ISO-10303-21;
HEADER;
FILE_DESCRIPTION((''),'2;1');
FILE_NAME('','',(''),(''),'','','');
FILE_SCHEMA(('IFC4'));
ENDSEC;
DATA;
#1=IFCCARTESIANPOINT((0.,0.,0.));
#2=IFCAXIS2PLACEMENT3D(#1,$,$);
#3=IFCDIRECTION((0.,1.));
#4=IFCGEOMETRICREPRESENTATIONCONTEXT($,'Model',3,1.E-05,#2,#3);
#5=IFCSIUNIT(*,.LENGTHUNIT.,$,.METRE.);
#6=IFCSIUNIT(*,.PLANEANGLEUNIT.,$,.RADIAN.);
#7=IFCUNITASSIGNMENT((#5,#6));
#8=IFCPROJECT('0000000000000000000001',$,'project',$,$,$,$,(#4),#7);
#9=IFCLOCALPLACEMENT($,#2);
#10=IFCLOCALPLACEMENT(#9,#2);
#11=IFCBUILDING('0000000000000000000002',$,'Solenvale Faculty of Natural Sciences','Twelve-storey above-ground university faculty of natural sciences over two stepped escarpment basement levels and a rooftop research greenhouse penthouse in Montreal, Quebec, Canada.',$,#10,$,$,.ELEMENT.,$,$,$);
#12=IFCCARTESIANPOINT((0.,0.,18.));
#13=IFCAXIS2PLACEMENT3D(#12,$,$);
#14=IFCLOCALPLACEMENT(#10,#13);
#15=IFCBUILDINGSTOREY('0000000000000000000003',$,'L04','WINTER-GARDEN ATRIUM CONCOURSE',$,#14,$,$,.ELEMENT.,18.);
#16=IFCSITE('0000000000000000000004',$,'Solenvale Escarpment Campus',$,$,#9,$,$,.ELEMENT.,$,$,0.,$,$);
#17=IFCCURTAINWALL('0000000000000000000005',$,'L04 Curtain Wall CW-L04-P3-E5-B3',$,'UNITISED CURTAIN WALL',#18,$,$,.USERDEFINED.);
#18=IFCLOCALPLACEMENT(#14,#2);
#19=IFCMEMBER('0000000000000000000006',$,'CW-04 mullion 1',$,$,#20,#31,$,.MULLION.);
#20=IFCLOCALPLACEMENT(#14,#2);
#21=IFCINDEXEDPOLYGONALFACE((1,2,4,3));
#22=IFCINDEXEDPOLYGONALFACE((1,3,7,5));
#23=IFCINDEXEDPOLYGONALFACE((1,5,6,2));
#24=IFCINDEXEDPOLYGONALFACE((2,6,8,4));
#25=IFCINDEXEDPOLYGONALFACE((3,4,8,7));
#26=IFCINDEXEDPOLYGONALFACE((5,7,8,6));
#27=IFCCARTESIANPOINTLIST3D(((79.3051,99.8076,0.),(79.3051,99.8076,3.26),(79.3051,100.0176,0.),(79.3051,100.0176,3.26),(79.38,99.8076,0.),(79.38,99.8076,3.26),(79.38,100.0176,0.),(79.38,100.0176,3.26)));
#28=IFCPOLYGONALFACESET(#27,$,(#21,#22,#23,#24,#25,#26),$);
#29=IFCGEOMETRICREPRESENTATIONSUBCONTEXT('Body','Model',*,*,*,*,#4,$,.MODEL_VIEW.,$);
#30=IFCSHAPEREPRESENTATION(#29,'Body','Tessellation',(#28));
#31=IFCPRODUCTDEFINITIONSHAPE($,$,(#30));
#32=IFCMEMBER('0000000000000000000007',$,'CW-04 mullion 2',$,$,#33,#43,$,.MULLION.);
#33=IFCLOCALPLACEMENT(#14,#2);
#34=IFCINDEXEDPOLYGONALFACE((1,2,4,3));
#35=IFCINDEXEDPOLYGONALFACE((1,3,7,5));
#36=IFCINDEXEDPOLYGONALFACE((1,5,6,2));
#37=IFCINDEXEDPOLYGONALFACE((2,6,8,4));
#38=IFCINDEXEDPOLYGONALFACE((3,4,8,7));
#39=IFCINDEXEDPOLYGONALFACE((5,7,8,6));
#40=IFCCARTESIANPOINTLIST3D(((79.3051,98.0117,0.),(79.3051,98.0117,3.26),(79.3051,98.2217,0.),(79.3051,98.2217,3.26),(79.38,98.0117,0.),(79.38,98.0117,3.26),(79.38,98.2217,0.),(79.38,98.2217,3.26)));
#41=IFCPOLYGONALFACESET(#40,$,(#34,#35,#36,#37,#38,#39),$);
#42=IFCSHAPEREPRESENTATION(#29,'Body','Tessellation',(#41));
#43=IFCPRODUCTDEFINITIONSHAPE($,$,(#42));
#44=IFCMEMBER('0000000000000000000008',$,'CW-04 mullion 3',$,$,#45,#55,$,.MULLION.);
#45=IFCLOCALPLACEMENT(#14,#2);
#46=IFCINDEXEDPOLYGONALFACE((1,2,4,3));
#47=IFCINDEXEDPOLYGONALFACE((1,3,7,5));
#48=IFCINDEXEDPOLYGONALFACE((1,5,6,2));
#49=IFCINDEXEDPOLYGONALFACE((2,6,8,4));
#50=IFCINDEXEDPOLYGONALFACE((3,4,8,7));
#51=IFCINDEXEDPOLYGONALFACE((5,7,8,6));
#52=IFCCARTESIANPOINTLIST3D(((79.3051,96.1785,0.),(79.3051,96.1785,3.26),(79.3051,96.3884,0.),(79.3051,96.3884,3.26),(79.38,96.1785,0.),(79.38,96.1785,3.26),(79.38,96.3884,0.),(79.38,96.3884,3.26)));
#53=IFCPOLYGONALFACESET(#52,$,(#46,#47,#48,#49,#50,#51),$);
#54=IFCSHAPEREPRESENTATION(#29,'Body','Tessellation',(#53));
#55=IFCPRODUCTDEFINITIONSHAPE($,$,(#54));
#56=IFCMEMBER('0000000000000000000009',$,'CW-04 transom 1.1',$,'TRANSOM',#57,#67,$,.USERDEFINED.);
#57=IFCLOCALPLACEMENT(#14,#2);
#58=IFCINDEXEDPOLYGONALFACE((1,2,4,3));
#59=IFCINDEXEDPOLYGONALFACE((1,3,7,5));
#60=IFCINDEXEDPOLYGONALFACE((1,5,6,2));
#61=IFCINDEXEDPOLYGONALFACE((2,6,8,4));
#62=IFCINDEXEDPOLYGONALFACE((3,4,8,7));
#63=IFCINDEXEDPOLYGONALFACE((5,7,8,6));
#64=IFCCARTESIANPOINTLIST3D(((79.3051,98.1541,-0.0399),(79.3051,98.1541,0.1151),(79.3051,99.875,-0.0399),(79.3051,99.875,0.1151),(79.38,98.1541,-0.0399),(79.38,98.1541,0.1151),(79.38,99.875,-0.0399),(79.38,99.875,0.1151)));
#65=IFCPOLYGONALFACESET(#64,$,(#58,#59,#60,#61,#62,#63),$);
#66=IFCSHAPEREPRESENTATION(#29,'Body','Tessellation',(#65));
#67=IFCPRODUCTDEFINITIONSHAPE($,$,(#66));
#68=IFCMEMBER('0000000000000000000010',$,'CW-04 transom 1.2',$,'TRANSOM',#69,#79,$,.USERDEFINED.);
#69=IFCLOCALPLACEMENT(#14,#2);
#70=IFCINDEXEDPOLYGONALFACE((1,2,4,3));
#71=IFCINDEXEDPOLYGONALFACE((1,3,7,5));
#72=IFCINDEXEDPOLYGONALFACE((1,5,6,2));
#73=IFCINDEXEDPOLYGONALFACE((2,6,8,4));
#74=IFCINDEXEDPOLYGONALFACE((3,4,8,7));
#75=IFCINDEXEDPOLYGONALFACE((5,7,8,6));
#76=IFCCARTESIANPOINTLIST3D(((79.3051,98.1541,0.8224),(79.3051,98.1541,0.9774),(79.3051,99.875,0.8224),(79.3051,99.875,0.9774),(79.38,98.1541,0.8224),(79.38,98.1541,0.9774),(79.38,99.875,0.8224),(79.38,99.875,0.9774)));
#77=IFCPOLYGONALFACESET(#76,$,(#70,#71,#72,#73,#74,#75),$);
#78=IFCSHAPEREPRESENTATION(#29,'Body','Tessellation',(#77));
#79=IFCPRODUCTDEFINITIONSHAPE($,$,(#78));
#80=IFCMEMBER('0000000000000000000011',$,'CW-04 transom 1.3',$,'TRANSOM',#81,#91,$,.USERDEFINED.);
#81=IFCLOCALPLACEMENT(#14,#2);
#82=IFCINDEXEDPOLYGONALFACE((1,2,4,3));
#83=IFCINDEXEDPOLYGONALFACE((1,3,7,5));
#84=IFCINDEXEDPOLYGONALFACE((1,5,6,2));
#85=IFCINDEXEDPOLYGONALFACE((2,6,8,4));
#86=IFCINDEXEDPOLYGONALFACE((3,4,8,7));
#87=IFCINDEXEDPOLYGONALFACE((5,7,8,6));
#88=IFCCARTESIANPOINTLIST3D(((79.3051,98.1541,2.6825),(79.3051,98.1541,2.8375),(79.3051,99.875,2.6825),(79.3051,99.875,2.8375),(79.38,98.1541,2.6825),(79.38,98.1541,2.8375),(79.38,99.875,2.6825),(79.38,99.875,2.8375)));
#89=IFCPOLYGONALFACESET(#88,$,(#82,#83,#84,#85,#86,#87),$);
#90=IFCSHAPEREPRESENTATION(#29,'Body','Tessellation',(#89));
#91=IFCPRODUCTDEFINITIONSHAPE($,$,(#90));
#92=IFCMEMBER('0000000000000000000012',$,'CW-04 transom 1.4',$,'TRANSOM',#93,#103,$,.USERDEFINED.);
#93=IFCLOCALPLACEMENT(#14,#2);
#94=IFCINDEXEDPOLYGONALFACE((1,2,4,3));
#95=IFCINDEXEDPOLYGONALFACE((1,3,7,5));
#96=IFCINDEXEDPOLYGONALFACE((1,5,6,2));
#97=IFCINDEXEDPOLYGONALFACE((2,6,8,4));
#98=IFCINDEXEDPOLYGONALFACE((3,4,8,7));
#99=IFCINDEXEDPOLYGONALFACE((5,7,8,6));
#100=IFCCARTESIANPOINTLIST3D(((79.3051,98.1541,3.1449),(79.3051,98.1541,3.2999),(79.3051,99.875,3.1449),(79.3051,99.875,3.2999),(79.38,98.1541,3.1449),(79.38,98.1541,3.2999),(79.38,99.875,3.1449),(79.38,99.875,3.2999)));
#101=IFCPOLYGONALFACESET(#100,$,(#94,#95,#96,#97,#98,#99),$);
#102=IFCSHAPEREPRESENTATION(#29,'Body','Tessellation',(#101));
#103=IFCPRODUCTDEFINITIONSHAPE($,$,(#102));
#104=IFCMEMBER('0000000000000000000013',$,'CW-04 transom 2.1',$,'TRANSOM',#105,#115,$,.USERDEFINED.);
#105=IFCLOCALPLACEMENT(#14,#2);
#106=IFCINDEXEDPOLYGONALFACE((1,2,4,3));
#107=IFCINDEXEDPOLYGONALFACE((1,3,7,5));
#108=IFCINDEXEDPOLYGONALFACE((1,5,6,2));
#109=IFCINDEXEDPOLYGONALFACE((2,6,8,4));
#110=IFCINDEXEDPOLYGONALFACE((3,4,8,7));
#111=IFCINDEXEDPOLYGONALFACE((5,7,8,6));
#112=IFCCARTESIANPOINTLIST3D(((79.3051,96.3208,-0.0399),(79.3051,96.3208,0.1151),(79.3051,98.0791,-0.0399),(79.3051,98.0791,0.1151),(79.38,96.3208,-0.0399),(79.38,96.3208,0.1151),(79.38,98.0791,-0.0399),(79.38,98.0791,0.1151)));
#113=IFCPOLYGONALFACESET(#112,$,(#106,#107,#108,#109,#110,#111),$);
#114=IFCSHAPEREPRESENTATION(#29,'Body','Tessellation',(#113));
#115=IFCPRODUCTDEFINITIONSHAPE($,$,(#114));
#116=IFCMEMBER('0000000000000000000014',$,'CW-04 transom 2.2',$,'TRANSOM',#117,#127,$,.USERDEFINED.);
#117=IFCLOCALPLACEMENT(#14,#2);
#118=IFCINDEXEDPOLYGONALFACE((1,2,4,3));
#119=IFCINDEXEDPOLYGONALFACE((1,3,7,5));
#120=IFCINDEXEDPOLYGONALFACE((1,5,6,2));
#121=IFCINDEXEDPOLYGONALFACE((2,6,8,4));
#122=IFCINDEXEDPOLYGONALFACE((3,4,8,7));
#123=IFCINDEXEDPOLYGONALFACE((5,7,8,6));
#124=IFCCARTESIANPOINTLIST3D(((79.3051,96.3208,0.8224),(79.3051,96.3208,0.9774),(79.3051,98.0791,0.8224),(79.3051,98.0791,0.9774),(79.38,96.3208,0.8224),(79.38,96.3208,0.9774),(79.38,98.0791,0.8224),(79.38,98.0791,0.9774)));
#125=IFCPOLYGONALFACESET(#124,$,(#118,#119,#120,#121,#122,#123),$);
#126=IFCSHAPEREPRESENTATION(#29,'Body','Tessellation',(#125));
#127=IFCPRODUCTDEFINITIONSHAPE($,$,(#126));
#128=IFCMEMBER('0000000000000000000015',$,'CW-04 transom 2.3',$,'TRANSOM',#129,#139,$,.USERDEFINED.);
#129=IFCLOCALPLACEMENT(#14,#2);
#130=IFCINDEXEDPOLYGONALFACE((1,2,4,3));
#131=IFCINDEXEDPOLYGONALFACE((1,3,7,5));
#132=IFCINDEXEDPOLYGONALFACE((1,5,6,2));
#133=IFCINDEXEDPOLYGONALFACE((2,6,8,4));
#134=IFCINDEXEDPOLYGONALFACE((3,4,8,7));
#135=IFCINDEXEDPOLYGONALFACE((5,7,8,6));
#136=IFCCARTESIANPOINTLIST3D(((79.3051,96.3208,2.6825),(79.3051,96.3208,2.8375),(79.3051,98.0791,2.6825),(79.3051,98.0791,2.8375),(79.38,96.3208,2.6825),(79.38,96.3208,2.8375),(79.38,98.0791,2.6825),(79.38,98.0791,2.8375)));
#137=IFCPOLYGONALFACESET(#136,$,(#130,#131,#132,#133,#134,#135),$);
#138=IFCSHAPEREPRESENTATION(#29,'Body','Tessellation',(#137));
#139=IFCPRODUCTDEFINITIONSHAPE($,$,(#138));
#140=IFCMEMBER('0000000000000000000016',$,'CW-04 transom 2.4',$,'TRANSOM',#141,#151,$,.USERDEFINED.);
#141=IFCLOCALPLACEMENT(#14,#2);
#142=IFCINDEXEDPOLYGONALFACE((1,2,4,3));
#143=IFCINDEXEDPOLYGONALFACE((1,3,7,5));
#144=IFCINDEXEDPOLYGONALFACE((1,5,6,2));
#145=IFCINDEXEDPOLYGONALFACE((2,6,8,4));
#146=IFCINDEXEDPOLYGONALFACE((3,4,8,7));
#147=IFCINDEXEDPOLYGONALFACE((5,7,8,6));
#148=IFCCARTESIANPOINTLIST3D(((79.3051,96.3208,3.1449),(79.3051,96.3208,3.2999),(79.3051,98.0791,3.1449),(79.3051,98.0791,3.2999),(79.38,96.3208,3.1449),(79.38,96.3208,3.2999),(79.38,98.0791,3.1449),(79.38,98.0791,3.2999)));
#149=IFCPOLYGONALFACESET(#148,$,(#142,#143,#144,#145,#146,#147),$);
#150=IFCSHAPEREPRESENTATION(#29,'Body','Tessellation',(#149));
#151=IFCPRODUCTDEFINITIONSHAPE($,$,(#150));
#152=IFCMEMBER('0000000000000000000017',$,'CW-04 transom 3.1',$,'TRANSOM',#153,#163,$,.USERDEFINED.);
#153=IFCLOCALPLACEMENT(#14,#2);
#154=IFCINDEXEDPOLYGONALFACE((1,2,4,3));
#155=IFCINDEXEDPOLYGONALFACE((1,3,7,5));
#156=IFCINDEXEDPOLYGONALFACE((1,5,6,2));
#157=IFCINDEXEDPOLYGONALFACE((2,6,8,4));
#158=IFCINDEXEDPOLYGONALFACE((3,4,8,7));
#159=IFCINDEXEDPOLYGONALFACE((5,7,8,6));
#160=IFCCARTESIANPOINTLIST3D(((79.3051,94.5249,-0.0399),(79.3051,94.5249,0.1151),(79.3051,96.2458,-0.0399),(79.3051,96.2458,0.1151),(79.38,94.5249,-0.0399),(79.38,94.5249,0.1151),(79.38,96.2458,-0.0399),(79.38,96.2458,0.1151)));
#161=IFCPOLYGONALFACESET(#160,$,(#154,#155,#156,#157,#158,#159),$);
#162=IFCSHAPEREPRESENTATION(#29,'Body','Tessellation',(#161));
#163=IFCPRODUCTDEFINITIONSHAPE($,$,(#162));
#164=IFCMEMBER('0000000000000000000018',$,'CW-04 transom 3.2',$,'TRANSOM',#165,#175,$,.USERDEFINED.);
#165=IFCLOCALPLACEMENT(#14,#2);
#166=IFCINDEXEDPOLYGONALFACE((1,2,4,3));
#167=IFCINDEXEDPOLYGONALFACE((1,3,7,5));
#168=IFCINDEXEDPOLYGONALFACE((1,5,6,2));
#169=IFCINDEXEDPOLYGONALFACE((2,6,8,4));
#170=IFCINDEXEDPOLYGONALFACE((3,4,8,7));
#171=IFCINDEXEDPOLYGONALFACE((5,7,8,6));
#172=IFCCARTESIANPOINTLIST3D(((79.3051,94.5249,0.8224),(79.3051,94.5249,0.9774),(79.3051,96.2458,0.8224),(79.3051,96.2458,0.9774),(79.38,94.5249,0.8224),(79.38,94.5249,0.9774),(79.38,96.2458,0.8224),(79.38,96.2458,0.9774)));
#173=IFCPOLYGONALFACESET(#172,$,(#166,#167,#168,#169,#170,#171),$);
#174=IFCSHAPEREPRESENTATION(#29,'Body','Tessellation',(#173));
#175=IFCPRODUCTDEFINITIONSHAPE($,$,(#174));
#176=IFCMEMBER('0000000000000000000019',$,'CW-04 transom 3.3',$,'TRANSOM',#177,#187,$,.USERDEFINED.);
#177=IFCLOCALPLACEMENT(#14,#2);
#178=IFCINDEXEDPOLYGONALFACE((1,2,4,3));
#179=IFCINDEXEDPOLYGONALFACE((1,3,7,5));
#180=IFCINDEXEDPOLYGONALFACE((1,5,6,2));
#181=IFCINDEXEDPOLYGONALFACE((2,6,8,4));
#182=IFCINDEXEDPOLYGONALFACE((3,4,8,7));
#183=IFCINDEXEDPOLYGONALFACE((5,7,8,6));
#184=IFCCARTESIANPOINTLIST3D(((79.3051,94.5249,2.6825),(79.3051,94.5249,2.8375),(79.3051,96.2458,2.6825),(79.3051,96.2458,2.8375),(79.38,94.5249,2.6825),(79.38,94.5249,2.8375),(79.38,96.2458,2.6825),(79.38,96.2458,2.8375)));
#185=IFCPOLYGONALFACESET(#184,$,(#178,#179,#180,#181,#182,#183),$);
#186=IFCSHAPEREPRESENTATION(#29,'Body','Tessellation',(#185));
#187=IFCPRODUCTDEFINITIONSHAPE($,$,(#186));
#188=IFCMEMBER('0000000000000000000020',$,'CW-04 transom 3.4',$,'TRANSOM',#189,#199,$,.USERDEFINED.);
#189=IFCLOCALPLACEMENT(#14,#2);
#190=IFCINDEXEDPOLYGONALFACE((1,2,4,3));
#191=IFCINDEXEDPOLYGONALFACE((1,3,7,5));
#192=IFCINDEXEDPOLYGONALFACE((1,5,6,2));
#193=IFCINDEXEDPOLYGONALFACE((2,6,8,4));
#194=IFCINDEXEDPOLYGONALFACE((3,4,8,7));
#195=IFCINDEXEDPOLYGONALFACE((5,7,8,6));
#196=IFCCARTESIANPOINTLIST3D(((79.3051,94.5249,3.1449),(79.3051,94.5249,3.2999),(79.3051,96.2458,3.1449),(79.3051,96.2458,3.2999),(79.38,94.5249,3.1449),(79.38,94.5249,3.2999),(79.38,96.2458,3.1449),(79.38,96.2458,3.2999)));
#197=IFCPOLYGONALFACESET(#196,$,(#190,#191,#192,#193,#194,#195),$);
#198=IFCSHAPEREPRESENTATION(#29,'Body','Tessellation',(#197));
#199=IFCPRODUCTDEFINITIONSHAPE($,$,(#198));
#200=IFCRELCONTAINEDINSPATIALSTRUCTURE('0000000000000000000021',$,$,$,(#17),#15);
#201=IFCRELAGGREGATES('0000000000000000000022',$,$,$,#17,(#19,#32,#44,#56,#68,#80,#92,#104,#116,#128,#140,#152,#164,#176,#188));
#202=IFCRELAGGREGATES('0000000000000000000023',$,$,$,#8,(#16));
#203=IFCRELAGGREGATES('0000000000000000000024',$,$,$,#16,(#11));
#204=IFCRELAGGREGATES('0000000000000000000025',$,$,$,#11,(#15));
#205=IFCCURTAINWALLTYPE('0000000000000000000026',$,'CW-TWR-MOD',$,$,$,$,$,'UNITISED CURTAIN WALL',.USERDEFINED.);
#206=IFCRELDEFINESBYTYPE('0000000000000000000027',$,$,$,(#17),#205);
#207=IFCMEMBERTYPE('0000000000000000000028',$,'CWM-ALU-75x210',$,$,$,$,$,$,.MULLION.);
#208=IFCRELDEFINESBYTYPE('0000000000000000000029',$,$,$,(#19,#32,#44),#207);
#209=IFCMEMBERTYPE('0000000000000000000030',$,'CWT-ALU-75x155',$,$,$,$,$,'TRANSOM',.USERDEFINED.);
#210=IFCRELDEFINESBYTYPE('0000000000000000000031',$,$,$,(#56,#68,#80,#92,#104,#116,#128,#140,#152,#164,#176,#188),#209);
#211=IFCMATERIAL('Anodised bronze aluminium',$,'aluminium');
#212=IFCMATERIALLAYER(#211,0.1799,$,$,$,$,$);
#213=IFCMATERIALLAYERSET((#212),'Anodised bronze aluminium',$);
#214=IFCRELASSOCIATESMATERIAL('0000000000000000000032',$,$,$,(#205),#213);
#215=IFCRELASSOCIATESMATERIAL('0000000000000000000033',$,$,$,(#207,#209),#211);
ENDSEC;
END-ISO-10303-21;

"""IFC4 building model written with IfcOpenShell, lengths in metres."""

from ifc_helpers import new_model, si_unit, direction, frame, origin, origin_2d, place, context, subcontext, project, spatial, rectangle, extrude, material, layer, layer_set, material_profile, profile_set, type_object, element, aggregate, save


model = new_model("IFC4")

# Units and contexts
model_context = context("Model", 3, precision=1e-05, world=origin(), true_north=direction((0.0, 1.0)))
body_context = subcontext(model_context, "Body", "Model", "MODEL_VIEW")
ifc_project = project(units=[si_unit("LENGTHUNIT", "METRE"), si_unit("PLANEANGLEUNIT", "RADIAN")], contexts=[model_context])

# Site, building, storey
site_placement = place(None, origin())
site = spatial("IfcSite", under=ifc_project, at=site_placement, Name="Solenvale Escarpment Campus", CompositionType="ELEMENT", RefElevation=0.0)
building_placement = place(site_placement, origin())
building = spatial("IfcBuilding", under=site, at=building_placement, Name="Solenvale Faculty of Natural Sciences", Description="Twelve-storey above-ground university faculty of natural sciences over two stepped escarpment basement levels and a rooftop research greenhouse penthouse in Montreal, Quebec, Canada.", CompositionType="ELEMENT")
storey_placement = place(building_placement, frame((0.0, 0.0, 18.0)))
storey = spatial("IfcBuildingStorey", under=building, at=storey_placement, Name="L04", Description="WINTER-GARDEN ATRIUM CONCOURSE", CompositionType="ELEMENT", Elevation=18.0)

# Curtain wall, members
ifc_material = material(Name="Anodised bronze aluminium", Category="aluminium")
ifc_layer_1 = layer(ifc_material, 0.1799)
ifc_layer_set_1 = layer_set([ifc_layer_1], Name="Anodised bronze aluminium")
curtain_wall_type = type_object("IfcCurtainWallType", Name="CW-TWR-MOD", ElementType="UNITISED CURTAIN WALL", PredefinedType="USERDEFINED", material=ifc_layer_set_1)
curtain_wall_placement = place(storey_placement, origin())
curtain_wall = element("IfcCurtainWall", 1, at=curtain_wall_placement, inside=storey, type_object=curtain_wall_type, Name="L04 Curtain Wall CW-L04-P3-E5-B3", ObjectType="UNITISED CURTAIN WALL", PredefinedType="USERDEFINED")
ifc_material_profile_1 = material_profile(ifc_material, rectangle(XDim=0.075, YDim=0.21, at=origin_2d()), Name="ALU-MUL-75x210")
ifc_profile_set_1 = profile_set([ifc_material_profile_1], Name="Anodised bronze aluminium")
member_type_1 = type_object("IfcMemberType", Name="CWM-ALU-75x210", PredefinedType="MULLION", material=ifc_profile_set_1)
member_1_placement = place(storey_placement, frame((79.3425, 99.9126, 0.0), z_axis=(0.0, 0.0, 1.0), x_axis=(1.0, 0.0, 0.0)))
member_1 = element("IfcMember", 2, at=member_1_placement, type_object=member_type_1, Name="CW-04 mullion 1", PredefinedType="MULLION", context=body_context, shape_type="SweptSolid", body=[
    extrude(rectangle(XDim=0.075, YDim=0.21, at=origin_2d()), origin(), (0.0, 0.0, 1.0), 3.26),
])
member_2_placement = place(storey_placement, frame((79.3425, 98.1167, 0.0), z_axis=(0.0, 0.0, 1.0), x_axis=(1.0, 0.0, 0.0)))
member_2 = element("IfcMember", 3, at=member_2_placement, type_object=member_type_1, Name="CW-04 mullion 2", PredefinedType="MULLION", context=body_context, shape_type="SweptSolid", body=[
    extrude(rectangle(XDim=0.075, YDim=0.21, at=origin_2d()), origin(), (0.0, 0.0, 1.0), 3.26),
])
member_3_placement = place(storey_placement, frame((79.3425, 96.2834, 0.0), z_axis=(0.0, 0.0, 1.0), x_axis=(1.0, 0.0, 0.0)))
member_3 = element("IfcMember", 4, at=member_3_placement, type_object=member_type_1, Name="CW-04 mullion 3", PredefinedType="MULLION", context=body_context, shape_type="SweptSolid", body=[
    extrude(rectangle(XDim=0.075, YDim=0.21, at=origin_2d()), origin(), (0.0, 0.0, 1.0), 3.26),
])
ifc_material_profile_2 = material_profile(ifc_material, rectangle(XDim=0.075, YDim=0.155, at=origin_2d()), Name="ALU-TRN-75x155")
ifc_profile_set_2 = profile_set([ifc_material_profile_2], Name="Anodised bronze aluminium")
member_type_2 = type_object("IfcMemberType", Name="CWT-ALU-75x155", ElementType="TRANSOM", PredefinedType="USERDEFINED", material=ifc_profile_set_2)
member_4_placement = place(storey_placement, frame((79.3425, 99.875, 0.0376), z_axis=(0.0, -1.0, 0.0), x_axis=(1.0, 0.0, 0.0)))
member_4 = element("IfcMember", 5, at=member_4_placement, type_object=member_type_2, Name="CW-04 transom 1.1", ObjectType="TRANSOM", PredefinedType="USERDEFINED", context=body_context, shape_type="SweptSolid", body=[
    extrude(rectangle(XDim=0.075, YDim=0.155, at=origin_2d()), origin(), (0.0, 0.0, 1.0), 1.7209),
])
member_5_placement = place(storey_placement, frame((79.3425, 99.875, 0.8999), z_axis=(0.0, -1.0, 0.0), x_axis=(1.0, 0.0, 0.0)))
member_5 = element("IfcMember", 6, at=member_5_placement, type_object=member_type_2, Name="CW-04 transom 1.2", ObjectType="TRANSOM", PredefinedType="USERDEFINED", context=body_context, shape_type="SweptSolid", body=[
    extrude(rectangle(XDim=0.075, YDim=0.155, at=origin_2d()), origin(), (0.0, 0.0, 1.0), 1.7209),
])
member_6_placement = place(storey_placement, frame((79.3425, 99.875, 2.76), z_axis=(0.0, -1.0, 0.0), x_axis=(1.0, 0.0, 0.0)))
member_6 = element("IfcMember", 7, at=member_6_placement, type_object=member_type_2, Name="CW-04 transom 1.3", ObjectType="TRANSOM", PredefinedType="USERDEFINED", context=body_context, shape_type="SweptSolid", body=[
    extrude(rectangle(XDim=0.075, YDim=0.155, at=origin_2d()), origin(), (0.0, 0.0, 1.0), 1.7209),
])
member_7_placement = place(storey_placement, frame((79.3425, 99.875, 3.2224), z_axis=(0.0, -1.0, 0.0), x_axis=(1.0, 0.0, 0.0)))
member_7 = element("IfcMember", 8, at=member_7_placement, type_object=member_type_2, Name="CW-04 transom 1.4", ObjectType="TRANSOM", PredefinedType="USERDEFINED", context=body_context, shape_type="SweptSolid", body=[
    extrude(rectangle(XDim=0.075, YDim=0.155, at=origin_2d()), origin(), (0.0, 0.0, 1.0), 1.7209),
])
member_8_placement = place(storey_placement, frame((79.3425, 98.0791, 0.0376), z_axis=(0.0, -1.0, 0.0), x_axis=(1.0, 0.0, 0.0)))
member_8 = element("IfcMember", 9, at=member_8_placement, type_object=member_type_2, Name="CW-04 transom 2.1", ObjectType="TRANSOM", PredefinedType="USERDEFINED", context=body_context, shape_type="SweptSolid", body=[
    extrude(rectangle(XDim=0.075, YDim=0.155, at=origin_2d()), origin(), (0.0, 0.0, 1.0), 1.7583),
])
member_9_placement = place(storey_placement, frame((79.3425, 98.0791, 0.8999), z_axis=(0.0, -1.0, 0.0), x_axis=(1.0, 0.0, 0.0)))
member_9 = element("IfcMember", 10, at=member_9_placement, type_object=member_type_2, Name="CW-04 transom 2.2", ObjectType="TRANSOM", PredefinedType="USERDEFINED", context=body_context, shape_type="SweptSolid", body=[
    extrude(rectangle(XDim=0.075, YDim=0.155, at=origin_2d()), origin(), (0.0, 0.0, 1.0), 1.7583),
])
member_10_placement = place(storey_placement, frame((79.3425, 98.0791, 2.76), z_axis=(0.0, -1.0, 0.0), x_axis=(1.0, 0.0, 0.0)))
member_10 = element("IfcMember", 11, at=member_10_placement, type_object=member_type_2, Name="CW-04 transom 2.3", ObjectType="TRANSOM", PredefinedType="USERDEFINED", context=body_context, shape_type="SweptSolid", body=[
    extrude(rectangle(XDim=0.075, YDim=0.155, at=origin_2d()), origin(), (0.0, 0.0, 1.0), 1.7583),
])
member_11_placement = place(storey_placement, frame((79.3425, 98.0791, 3.2224), z_axis=(0.0, -1.0, 0.0), x_axis=(1.0, 0.0, 0.0)))
member_11 = element("IfcMember", 12, at=member_11_placement, type_object=member_type_2, Name="CW-04 transom 2.4", ObjectType="TRANSOM", PredefinedType="USERDEFINED", context=body_context, shape_type="SweptSolid", body=[
    extrude(rectangle(XDim=0.075, YDim=0.155, at=origin_2d()), origin(), (0.0, 0.0, 1.0), 1.7583),
])
member_12_placement = place(storey_placement, frame((79.3425, 96.2458, 0.0376), z_axis=(0.0, -1.0, 0.0), x_axis=(1.0, 0.0, 0.0)))
member_12 = element("IfcMember", 13, at=member_12_placement, type_object=member_type_2, Name="CW-04 transom 3.1", ObjectType="TRANSOM", PredefinedType="USERDEFINED", context=body_context, shape_type="SweptSolid", body=[
    extrude(rectangle(XDim=0.075, YDim=0.155, at=origin_2d()), origin(), (0.0, 0.0, 1.0), 1.7209),
])
member_13_placement = place(storey_placement, frame((79.3425, 96.2458, 0.8999), z_axis=(0.0, -1.0, 0.0), x_axis=(1.0, 0.0, 0.0)))
member_13 = element("IfcMember", 14, at=member_13_placement, type_object=member_type_2, Name="CW-04 transom 3.2", ObjectType="TRANSOM", PredefinedType="USERDEFINED", context=body_context, shape_type="SweptSolid", body=[
    extrude(rectangle(XDim=0.075, YDim=0.155, at=origin_2d()), origin(), (0.0, 0.0, 1.0), 1.7209),
])
member_14_placement = place(storey_placement, frame((79.3425, 96.2458, 2.76), z_axis=(0.0, -1.0, 0.0), x_axis=(1.0, 0.0, 0.0)))
member_14 = element("IfcMember", 15, at=member_14_placement, type_object=member_type_2, Name="CW-04 transom 3.3", ObjectType="TRANSOM", PredefinedType="USERDEFINED", context=body_context, shape_type="SweptSolid", body=[
    extrude(rectangle(XDim=0.075, YDim=0.155, at=origin_2d()), origin(), (0.0, 0.0, 1.0), 1.7209),
])
member_15_placement = place(storey_placement, frame((79.3425, 96.2458, 3.2224), z_axis=(0.0, -1.0, 0.0), x_axis=(1.0, 0.0, 0.0)))
member_15 = element("IfcMember", 16, at=member_15_placement, type_object=member_type_2, Name="CW-04 transom 3.4", ObjectType="TRANSOM", PredefinedType="USERDEFINED", context=body_context, shape_type="SweptSolid", body=[
    extrude(rectangle(XDim=0.075, YDim=0.155, at=origin_2d()), origin(), (0.0, 0.0, 1.0), 1.7209),
])
aggregate(curtain_wall, [member_1, member_2, member_3, member_4, member_5, member_6, member_7, member_8, member_9, member_10, member_11, member_12, member_13, member_14, member_15])

save(model, "model.ifc")
